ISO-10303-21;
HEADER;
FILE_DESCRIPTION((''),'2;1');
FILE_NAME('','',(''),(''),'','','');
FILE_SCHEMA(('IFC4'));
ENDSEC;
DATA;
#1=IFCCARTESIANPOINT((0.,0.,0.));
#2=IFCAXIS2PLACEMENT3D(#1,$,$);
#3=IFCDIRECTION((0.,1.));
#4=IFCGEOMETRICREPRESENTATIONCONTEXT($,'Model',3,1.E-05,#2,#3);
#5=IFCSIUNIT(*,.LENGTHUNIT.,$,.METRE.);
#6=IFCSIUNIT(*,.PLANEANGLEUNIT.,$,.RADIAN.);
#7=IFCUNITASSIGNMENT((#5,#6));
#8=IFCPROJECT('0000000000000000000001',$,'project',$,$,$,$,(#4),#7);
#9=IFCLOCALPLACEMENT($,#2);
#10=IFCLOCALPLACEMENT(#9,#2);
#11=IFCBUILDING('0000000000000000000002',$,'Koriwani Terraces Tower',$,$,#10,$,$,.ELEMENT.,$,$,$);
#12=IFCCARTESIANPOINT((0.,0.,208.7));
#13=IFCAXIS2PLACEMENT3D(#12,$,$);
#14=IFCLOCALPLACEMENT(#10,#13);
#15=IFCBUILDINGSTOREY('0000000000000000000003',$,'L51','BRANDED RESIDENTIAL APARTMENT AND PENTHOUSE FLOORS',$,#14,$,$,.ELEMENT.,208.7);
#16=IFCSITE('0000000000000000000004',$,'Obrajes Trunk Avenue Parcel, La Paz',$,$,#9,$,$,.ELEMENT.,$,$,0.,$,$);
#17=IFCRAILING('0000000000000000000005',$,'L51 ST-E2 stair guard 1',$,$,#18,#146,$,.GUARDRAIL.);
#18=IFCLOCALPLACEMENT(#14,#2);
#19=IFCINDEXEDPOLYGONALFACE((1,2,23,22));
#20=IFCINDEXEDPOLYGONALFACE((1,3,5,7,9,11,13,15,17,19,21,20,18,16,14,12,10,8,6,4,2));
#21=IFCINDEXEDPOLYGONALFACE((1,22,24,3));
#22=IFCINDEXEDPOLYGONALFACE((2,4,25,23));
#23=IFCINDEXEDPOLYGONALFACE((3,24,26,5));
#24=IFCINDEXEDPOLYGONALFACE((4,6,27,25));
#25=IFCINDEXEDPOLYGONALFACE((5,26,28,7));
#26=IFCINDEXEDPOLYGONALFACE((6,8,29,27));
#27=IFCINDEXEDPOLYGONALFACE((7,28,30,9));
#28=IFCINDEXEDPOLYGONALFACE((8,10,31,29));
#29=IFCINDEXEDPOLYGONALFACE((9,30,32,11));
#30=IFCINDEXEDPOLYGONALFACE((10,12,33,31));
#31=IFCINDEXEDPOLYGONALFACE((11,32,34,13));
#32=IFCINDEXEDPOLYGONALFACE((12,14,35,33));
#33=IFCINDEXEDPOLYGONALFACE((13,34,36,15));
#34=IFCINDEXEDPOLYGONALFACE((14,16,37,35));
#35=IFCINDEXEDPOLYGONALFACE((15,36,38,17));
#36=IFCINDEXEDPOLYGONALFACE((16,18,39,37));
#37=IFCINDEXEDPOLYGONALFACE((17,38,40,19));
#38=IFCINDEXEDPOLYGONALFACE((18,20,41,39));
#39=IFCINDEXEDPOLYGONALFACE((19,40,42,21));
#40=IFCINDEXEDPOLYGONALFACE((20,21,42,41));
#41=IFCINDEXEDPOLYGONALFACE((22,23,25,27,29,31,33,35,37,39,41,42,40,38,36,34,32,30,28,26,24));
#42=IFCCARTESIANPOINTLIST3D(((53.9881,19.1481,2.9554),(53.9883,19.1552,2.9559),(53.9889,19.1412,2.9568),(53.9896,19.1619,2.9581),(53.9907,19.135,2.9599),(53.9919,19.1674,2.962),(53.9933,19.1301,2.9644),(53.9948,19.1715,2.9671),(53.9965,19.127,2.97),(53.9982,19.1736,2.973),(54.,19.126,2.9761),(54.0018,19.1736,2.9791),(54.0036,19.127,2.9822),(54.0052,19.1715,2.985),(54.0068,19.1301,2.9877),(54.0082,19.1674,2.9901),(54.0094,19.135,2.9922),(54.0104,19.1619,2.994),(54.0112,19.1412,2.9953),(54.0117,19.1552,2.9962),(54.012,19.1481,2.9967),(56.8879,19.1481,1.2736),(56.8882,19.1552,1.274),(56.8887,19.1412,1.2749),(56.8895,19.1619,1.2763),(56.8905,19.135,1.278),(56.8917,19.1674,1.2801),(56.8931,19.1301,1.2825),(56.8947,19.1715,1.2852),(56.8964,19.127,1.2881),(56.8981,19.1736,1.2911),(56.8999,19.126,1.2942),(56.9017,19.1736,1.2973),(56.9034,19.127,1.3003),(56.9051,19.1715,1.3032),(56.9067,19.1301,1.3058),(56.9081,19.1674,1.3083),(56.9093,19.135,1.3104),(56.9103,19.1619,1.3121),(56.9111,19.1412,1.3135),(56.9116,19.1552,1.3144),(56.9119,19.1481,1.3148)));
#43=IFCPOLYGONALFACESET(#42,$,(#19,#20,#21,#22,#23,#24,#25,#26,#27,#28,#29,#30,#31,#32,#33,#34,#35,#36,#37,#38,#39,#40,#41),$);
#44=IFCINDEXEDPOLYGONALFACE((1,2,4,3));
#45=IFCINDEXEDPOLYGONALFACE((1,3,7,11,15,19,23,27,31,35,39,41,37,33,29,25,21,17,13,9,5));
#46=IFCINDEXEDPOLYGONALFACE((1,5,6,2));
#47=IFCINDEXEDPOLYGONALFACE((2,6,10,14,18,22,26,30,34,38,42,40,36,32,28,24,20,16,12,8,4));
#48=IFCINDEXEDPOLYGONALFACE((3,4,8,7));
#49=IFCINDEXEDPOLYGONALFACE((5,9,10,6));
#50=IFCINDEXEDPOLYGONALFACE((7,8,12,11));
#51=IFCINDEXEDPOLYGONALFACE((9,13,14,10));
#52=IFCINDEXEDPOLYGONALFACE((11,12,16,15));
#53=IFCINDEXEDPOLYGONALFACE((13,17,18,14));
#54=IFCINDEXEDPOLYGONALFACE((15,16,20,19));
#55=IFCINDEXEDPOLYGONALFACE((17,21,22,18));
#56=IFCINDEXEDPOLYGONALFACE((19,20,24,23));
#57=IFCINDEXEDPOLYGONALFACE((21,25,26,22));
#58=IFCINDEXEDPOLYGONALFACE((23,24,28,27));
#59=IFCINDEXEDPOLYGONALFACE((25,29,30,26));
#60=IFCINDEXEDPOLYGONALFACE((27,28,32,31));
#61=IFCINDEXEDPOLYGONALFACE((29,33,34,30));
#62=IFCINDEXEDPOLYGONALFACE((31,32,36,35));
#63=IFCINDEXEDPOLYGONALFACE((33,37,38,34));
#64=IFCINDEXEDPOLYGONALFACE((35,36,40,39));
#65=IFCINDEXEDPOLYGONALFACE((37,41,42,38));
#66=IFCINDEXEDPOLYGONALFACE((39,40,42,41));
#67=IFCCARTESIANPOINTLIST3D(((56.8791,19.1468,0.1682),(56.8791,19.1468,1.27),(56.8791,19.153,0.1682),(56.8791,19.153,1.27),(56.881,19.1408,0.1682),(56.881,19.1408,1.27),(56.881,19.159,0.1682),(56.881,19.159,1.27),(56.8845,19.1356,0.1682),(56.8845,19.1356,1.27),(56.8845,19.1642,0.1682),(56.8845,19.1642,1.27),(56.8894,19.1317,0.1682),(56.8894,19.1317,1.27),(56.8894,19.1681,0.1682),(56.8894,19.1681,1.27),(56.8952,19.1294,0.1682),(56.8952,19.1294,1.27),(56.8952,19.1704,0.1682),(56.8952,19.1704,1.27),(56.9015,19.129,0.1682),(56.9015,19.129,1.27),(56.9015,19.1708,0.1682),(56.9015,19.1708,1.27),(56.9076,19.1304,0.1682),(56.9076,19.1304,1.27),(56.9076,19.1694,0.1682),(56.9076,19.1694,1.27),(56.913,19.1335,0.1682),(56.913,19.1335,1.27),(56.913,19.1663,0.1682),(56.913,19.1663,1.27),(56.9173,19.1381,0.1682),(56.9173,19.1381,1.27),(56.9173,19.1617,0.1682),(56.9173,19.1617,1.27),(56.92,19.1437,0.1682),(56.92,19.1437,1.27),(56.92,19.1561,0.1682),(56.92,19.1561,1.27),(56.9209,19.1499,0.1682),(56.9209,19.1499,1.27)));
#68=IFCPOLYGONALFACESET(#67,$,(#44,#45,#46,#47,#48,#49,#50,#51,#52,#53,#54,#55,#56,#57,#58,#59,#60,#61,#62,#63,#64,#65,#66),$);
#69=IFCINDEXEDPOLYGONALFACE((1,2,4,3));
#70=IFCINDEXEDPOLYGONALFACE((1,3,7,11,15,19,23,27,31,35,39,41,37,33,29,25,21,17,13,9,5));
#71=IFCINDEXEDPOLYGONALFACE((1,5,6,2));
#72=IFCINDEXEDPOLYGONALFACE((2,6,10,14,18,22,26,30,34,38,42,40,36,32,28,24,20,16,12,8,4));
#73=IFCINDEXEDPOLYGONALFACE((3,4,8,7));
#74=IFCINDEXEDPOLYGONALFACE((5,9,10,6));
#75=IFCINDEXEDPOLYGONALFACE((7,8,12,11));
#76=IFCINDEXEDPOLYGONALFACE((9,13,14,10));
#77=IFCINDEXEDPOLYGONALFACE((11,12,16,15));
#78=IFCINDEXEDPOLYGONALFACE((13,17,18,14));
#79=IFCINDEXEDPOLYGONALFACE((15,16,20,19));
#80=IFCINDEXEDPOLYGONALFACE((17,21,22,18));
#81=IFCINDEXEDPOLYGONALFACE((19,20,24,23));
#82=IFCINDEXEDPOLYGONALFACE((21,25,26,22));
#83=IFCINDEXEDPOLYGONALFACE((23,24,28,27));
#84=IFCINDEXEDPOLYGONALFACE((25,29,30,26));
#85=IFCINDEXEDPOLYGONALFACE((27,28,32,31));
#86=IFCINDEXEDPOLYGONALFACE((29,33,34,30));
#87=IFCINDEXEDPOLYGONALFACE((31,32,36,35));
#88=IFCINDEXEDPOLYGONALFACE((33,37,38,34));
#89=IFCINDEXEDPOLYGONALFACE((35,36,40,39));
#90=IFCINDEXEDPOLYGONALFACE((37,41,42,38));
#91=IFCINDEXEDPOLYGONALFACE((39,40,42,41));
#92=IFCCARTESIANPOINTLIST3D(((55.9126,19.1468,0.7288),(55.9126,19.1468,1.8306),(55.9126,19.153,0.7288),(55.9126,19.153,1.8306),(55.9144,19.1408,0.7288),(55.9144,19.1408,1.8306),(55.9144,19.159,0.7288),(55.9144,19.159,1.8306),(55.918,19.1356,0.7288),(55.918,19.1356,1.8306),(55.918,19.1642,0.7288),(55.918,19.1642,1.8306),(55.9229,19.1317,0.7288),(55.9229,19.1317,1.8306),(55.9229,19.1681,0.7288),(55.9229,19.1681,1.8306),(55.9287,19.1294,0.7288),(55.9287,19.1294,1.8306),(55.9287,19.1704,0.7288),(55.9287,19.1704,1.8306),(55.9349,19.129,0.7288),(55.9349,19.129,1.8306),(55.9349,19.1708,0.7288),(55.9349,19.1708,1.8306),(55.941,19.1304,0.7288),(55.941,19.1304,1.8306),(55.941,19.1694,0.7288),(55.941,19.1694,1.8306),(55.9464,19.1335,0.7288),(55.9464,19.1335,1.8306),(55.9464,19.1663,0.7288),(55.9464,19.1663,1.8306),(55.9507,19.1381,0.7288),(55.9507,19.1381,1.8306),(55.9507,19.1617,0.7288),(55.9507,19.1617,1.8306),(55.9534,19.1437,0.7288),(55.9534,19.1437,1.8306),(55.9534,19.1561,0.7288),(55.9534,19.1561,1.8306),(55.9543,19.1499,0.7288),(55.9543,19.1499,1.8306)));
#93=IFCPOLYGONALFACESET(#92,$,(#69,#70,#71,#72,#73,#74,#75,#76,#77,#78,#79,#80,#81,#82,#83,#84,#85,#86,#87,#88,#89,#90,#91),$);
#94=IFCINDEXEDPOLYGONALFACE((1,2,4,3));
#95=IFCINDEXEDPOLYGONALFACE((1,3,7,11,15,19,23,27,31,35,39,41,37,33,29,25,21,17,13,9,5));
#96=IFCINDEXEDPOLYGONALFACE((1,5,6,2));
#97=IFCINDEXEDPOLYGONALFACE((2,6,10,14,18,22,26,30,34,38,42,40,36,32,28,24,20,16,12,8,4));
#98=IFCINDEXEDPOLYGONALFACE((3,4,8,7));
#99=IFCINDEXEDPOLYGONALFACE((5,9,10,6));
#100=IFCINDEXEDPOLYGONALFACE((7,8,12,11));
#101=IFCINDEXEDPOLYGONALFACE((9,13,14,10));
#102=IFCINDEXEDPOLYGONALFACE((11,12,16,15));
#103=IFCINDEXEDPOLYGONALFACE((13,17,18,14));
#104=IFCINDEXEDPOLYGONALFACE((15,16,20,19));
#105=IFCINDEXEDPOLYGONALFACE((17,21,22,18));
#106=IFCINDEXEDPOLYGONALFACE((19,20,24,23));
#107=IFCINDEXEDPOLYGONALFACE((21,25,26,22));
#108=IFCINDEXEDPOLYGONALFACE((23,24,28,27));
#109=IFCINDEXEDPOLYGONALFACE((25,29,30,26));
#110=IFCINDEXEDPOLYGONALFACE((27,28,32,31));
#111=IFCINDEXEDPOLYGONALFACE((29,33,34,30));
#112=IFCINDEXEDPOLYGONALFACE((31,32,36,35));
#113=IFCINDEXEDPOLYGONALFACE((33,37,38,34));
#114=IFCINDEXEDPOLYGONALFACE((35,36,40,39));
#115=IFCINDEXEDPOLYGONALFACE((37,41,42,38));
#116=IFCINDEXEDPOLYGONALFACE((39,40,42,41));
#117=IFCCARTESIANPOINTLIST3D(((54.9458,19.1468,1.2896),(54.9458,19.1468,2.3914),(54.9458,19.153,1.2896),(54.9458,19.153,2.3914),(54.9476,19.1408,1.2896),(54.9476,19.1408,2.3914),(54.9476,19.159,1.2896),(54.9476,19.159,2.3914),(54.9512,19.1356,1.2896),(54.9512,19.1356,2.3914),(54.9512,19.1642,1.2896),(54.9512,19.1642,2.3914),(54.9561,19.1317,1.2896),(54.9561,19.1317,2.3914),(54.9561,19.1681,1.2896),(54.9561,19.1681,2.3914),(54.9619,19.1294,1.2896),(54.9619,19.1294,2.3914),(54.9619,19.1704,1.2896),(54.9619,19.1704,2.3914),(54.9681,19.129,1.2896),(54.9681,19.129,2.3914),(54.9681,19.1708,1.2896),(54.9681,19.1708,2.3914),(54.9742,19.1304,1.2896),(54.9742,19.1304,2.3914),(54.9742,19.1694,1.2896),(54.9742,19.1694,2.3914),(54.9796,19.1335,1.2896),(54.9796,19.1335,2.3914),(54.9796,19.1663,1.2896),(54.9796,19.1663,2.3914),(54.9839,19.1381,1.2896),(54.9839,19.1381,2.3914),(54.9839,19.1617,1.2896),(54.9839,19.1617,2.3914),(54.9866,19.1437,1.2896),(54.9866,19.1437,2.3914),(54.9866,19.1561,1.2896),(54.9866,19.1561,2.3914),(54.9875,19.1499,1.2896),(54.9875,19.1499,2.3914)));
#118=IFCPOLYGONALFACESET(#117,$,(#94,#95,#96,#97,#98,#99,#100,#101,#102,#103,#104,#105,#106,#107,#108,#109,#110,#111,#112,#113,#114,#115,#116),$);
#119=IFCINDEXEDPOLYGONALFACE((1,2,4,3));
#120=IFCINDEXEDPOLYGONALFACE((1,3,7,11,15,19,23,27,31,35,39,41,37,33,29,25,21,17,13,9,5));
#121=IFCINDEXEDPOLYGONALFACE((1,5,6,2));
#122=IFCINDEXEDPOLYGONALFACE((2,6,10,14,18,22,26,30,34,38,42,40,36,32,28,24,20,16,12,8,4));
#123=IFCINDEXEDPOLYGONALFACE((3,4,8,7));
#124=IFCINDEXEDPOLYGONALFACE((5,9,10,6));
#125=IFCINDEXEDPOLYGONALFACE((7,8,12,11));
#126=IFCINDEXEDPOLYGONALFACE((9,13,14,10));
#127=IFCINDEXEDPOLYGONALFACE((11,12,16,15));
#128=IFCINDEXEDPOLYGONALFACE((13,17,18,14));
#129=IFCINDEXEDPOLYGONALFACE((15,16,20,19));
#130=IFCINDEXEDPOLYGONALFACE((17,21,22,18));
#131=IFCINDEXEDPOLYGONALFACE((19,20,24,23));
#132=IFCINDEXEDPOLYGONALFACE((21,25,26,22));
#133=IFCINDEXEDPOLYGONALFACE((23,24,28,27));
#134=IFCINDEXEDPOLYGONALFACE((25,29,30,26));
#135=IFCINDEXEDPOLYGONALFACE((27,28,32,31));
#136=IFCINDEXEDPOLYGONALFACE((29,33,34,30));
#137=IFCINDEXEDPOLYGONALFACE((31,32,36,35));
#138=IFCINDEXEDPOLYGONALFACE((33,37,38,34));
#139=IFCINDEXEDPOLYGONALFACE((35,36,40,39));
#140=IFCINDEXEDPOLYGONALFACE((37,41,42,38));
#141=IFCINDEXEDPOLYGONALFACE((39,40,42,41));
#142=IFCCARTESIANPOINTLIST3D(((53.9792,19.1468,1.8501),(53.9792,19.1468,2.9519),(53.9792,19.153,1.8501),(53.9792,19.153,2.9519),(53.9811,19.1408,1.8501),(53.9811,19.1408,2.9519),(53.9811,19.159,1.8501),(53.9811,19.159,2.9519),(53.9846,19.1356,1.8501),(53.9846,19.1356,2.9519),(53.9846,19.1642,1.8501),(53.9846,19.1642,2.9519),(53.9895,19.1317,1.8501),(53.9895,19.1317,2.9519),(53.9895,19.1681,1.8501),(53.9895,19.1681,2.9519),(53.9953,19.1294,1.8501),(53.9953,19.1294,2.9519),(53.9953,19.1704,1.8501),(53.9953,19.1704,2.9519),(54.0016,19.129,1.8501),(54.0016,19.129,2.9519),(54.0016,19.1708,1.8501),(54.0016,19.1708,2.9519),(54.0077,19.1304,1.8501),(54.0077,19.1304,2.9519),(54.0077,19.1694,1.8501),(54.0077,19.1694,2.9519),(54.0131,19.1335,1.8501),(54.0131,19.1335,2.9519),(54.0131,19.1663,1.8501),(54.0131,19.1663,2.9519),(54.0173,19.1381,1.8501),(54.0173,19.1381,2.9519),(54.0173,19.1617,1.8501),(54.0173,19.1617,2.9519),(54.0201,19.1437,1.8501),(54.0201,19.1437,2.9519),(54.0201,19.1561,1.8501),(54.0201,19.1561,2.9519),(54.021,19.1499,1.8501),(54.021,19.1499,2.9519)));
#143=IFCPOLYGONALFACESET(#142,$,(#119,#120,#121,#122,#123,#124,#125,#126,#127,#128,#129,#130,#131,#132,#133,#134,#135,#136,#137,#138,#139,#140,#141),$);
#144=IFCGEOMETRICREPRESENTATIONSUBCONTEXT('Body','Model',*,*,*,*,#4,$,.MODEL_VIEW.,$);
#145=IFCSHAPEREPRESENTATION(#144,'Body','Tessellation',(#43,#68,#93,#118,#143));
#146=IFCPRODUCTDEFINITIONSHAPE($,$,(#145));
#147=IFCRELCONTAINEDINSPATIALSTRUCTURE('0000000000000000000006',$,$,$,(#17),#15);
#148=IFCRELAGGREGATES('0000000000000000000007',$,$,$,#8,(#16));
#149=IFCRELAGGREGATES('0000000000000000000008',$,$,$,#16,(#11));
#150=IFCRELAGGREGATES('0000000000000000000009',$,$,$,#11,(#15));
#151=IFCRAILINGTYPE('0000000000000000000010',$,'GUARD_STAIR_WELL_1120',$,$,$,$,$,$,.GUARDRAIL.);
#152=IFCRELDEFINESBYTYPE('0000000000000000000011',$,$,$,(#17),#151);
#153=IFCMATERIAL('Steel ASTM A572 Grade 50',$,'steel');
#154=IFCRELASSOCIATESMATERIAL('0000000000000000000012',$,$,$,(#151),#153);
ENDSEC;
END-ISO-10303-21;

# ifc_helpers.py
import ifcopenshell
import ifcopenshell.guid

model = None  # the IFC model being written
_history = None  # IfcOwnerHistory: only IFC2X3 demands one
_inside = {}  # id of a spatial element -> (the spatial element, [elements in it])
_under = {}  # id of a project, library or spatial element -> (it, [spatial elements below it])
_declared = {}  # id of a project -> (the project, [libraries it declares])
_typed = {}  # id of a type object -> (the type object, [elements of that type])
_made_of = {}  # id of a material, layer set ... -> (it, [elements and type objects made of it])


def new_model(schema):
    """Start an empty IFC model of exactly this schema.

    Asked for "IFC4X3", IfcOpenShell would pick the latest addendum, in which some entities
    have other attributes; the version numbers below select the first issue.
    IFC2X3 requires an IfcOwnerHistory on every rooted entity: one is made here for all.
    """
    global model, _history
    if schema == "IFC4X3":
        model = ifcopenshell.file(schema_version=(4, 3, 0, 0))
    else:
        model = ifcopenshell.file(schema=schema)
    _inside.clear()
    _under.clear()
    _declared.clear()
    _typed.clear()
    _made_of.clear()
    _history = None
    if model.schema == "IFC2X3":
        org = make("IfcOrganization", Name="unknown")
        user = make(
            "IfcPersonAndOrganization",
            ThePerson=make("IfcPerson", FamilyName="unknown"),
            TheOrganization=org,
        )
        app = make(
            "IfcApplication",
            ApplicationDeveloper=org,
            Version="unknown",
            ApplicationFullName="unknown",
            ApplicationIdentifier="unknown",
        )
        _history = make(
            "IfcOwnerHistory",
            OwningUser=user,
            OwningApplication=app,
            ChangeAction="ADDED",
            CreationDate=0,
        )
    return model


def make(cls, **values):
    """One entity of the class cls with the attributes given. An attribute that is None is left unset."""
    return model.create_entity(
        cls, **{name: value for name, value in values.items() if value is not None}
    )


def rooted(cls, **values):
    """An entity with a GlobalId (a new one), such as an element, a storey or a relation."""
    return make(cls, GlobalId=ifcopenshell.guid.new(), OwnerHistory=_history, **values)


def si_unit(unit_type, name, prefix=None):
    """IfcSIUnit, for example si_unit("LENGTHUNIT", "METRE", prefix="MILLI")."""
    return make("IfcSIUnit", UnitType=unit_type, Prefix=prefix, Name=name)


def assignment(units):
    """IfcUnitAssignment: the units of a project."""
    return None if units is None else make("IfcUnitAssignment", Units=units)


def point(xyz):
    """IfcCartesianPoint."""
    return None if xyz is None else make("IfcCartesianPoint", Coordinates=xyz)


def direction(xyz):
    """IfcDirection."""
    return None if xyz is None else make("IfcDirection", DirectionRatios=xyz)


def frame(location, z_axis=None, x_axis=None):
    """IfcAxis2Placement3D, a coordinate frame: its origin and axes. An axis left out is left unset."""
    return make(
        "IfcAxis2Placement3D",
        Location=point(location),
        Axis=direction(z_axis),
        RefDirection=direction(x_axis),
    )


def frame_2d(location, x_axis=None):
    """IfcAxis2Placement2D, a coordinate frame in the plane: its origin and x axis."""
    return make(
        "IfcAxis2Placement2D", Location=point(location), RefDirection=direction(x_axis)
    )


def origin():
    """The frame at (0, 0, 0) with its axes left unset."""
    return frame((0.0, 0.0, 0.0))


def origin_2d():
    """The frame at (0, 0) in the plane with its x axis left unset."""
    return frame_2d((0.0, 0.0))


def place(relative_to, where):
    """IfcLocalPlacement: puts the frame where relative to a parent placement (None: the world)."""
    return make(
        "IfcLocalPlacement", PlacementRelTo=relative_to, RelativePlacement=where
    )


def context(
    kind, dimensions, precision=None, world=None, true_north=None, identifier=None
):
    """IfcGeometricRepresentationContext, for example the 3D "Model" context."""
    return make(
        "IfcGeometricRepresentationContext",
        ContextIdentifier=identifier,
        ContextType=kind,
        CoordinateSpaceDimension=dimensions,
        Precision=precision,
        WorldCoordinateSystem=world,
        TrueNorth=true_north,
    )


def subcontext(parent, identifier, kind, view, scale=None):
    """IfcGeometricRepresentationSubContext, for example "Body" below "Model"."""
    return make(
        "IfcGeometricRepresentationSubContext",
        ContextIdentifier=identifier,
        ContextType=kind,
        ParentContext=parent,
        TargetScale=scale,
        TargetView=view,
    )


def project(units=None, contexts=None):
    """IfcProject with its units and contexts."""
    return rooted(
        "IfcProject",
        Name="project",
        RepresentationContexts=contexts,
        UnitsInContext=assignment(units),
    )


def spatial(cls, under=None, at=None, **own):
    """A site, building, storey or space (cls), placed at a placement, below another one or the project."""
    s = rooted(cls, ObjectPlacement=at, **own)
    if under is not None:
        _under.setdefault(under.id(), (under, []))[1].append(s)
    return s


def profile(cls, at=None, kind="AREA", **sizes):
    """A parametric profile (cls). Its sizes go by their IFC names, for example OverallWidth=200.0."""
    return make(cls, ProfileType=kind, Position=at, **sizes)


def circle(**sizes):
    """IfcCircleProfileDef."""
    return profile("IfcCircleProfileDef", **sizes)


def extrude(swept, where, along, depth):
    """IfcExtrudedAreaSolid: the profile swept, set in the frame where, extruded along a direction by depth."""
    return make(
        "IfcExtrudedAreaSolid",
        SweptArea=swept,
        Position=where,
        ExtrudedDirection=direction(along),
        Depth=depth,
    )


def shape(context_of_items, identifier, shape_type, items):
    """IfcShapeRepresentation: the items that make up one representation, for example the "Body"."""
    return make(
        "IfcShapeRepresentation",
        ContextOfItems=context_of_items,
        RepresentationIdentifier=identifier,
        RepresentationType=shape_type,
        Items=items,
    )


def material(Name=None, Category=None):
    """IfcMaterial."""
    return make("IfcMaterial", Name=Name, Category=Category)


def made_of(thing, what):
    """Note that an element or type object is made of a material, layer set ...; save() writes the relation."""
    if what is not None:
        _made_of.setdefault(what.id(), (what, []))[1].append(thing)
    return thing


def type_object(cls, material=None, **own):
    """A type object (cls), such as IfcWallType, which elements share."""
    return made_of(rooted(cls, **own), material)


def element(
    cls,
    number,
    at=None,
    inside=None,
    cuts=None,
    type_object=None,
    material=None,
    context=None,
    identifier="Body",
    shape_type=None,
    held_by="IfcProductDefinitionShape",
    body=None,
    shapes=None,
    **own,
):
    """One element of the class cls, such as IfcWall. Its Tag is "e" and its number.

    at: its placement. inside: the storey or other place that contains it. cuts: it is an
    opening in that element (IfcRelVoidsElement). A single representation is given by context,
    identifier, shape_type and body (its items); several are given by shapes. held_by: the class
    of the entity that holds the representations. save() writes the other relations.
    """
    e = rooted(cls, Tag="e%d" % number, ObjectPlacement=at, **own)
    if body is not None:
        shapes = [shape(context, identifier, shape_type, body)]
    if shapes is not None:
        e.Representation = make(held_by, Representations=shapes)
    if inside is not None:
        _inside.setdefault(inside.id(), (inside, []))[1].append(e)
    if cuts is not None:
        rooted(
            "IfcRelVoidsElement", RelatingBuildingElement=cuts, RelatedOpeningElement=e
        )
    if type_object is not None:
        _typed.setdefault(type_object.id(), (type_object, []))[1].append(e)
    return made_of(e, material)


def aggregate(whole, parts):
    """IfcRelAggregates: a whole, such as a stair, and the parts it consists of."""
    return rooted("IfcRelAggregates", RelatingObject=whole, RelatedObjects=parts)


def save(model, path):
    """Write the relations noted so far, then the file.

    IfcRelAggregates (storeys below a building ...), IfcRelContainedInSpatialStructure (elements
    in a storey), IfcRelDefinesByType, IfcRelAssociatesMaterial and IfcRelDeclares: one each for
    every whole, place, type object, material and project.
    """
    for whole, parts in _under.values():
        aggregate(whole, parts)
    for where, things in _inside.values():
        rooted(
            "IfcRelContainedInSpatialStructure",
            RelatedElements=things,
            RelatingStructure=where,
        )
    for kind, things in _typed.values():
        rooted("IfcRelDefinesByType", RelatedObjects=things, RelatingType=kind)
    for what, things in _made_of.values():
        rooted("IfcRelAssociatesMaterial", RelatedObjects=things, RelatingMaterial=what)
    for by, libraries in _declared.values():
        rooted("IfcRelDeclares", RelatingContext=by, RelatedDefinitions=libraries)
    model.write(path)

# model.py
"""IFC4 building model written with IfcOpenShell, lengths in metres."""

from ifc_helpers import new_model, si_unit, direction, frame, origin, origin_2d, place, context, subcontext, project, spatial, circle, extrude, material, type_object, element, save


model = new_model("IFC4")

# Units and contexts
model_context = context("Model", 3, precision=1e-05, world=origin(), true_north=direction((0.0, 1.0)))
body_context = subcontext(model_context, "Body", "Model", "MODEL_VIEW")
ifc_project = project(units=[si_unit("LENGTHUNIT", "METRE"), si_unit("PLANEANGLEUNIT", "RADIAN")], contexts=[model_context])

# Site, building, storey
site_placement = place(None, origin())
site = spatial("IfcSite", under=ifc_project, at=site_placement, Name="Obrajes Trunk Avenue Parcel, La Paz", CompositionType="ELEMENT", RefElevation=0.0)
building_placement = place(site_placement, origin())
building = spatial("IfcBuilding", under=site, at=building_placement, Name="Koriwani Terraces Tower", CompositionType="ELEMENT")
storey_placement = place(building_placement, frame((0.0, 0.0, 208.7)))
storey = spatial("IfcBuildingStorey", under=building, at=storey_placement, Name="L51", Description="BRANDED RESIDENTIAL APARTMENT AND PENTHOUSE FLOORS", CompositionType="ELEMENT", Elevation=208.7)

# Shared definitions
ifc_material_1 = material(Name="Steel ASTM A572 Grade 50", Category="steel")

# Railing
railing_type_1 = type_object("IfcRailingType", Name="GUARD_STAIR_WELL_1120", PredefinedType="GUARDRAIL", material=ifc_material_1)
railing_1_placement = place(storey_placement, frame((56.8999, 19.1499, 0.1682)))
element("IfcRailing", 1, at=railing_1_placement, inside=storey, type_object=railing_type_1, Name="L51 ST-E2 stair guard 1", PredefinedType="GUARDRAIL", context=body_context, shape_type="SweptSolid", body=[
    extrude(circle(Radius=0.0239, at=origin_2d()), frame((0.0, 0.0, 1.126), z_axis=(-0.865039, 0.0, 0.501705), x_axis=(0.0, -1.0, 0.0)), (0.0, 0.0, 1.0), 3.3523),
    extrude(circle(Radius=0.021, at=origin_2d()), origin(), (0.0, 0.0, 1.0), 1.1018),
    extrude(circle(Radius=0.021, at=origin_2d()), frame((-0.9666, 0.0, 0.5605)), (0.0, 0.0, 1.0), 1.1018),
    extrude(circle(Radius=0.021, at=origin_2d()), frame((-1.9333, 0.0, 1.1213)), (0.0, 0.0, 1.0), 1.1018),
    extrude(circle(Radius=0.021, at=origin_2d()), frame((-2.8999, 0.0, 1.6819)), (0.0, 0.0, 1.0), 1.1018),
])

save(model, "model.ifc")
